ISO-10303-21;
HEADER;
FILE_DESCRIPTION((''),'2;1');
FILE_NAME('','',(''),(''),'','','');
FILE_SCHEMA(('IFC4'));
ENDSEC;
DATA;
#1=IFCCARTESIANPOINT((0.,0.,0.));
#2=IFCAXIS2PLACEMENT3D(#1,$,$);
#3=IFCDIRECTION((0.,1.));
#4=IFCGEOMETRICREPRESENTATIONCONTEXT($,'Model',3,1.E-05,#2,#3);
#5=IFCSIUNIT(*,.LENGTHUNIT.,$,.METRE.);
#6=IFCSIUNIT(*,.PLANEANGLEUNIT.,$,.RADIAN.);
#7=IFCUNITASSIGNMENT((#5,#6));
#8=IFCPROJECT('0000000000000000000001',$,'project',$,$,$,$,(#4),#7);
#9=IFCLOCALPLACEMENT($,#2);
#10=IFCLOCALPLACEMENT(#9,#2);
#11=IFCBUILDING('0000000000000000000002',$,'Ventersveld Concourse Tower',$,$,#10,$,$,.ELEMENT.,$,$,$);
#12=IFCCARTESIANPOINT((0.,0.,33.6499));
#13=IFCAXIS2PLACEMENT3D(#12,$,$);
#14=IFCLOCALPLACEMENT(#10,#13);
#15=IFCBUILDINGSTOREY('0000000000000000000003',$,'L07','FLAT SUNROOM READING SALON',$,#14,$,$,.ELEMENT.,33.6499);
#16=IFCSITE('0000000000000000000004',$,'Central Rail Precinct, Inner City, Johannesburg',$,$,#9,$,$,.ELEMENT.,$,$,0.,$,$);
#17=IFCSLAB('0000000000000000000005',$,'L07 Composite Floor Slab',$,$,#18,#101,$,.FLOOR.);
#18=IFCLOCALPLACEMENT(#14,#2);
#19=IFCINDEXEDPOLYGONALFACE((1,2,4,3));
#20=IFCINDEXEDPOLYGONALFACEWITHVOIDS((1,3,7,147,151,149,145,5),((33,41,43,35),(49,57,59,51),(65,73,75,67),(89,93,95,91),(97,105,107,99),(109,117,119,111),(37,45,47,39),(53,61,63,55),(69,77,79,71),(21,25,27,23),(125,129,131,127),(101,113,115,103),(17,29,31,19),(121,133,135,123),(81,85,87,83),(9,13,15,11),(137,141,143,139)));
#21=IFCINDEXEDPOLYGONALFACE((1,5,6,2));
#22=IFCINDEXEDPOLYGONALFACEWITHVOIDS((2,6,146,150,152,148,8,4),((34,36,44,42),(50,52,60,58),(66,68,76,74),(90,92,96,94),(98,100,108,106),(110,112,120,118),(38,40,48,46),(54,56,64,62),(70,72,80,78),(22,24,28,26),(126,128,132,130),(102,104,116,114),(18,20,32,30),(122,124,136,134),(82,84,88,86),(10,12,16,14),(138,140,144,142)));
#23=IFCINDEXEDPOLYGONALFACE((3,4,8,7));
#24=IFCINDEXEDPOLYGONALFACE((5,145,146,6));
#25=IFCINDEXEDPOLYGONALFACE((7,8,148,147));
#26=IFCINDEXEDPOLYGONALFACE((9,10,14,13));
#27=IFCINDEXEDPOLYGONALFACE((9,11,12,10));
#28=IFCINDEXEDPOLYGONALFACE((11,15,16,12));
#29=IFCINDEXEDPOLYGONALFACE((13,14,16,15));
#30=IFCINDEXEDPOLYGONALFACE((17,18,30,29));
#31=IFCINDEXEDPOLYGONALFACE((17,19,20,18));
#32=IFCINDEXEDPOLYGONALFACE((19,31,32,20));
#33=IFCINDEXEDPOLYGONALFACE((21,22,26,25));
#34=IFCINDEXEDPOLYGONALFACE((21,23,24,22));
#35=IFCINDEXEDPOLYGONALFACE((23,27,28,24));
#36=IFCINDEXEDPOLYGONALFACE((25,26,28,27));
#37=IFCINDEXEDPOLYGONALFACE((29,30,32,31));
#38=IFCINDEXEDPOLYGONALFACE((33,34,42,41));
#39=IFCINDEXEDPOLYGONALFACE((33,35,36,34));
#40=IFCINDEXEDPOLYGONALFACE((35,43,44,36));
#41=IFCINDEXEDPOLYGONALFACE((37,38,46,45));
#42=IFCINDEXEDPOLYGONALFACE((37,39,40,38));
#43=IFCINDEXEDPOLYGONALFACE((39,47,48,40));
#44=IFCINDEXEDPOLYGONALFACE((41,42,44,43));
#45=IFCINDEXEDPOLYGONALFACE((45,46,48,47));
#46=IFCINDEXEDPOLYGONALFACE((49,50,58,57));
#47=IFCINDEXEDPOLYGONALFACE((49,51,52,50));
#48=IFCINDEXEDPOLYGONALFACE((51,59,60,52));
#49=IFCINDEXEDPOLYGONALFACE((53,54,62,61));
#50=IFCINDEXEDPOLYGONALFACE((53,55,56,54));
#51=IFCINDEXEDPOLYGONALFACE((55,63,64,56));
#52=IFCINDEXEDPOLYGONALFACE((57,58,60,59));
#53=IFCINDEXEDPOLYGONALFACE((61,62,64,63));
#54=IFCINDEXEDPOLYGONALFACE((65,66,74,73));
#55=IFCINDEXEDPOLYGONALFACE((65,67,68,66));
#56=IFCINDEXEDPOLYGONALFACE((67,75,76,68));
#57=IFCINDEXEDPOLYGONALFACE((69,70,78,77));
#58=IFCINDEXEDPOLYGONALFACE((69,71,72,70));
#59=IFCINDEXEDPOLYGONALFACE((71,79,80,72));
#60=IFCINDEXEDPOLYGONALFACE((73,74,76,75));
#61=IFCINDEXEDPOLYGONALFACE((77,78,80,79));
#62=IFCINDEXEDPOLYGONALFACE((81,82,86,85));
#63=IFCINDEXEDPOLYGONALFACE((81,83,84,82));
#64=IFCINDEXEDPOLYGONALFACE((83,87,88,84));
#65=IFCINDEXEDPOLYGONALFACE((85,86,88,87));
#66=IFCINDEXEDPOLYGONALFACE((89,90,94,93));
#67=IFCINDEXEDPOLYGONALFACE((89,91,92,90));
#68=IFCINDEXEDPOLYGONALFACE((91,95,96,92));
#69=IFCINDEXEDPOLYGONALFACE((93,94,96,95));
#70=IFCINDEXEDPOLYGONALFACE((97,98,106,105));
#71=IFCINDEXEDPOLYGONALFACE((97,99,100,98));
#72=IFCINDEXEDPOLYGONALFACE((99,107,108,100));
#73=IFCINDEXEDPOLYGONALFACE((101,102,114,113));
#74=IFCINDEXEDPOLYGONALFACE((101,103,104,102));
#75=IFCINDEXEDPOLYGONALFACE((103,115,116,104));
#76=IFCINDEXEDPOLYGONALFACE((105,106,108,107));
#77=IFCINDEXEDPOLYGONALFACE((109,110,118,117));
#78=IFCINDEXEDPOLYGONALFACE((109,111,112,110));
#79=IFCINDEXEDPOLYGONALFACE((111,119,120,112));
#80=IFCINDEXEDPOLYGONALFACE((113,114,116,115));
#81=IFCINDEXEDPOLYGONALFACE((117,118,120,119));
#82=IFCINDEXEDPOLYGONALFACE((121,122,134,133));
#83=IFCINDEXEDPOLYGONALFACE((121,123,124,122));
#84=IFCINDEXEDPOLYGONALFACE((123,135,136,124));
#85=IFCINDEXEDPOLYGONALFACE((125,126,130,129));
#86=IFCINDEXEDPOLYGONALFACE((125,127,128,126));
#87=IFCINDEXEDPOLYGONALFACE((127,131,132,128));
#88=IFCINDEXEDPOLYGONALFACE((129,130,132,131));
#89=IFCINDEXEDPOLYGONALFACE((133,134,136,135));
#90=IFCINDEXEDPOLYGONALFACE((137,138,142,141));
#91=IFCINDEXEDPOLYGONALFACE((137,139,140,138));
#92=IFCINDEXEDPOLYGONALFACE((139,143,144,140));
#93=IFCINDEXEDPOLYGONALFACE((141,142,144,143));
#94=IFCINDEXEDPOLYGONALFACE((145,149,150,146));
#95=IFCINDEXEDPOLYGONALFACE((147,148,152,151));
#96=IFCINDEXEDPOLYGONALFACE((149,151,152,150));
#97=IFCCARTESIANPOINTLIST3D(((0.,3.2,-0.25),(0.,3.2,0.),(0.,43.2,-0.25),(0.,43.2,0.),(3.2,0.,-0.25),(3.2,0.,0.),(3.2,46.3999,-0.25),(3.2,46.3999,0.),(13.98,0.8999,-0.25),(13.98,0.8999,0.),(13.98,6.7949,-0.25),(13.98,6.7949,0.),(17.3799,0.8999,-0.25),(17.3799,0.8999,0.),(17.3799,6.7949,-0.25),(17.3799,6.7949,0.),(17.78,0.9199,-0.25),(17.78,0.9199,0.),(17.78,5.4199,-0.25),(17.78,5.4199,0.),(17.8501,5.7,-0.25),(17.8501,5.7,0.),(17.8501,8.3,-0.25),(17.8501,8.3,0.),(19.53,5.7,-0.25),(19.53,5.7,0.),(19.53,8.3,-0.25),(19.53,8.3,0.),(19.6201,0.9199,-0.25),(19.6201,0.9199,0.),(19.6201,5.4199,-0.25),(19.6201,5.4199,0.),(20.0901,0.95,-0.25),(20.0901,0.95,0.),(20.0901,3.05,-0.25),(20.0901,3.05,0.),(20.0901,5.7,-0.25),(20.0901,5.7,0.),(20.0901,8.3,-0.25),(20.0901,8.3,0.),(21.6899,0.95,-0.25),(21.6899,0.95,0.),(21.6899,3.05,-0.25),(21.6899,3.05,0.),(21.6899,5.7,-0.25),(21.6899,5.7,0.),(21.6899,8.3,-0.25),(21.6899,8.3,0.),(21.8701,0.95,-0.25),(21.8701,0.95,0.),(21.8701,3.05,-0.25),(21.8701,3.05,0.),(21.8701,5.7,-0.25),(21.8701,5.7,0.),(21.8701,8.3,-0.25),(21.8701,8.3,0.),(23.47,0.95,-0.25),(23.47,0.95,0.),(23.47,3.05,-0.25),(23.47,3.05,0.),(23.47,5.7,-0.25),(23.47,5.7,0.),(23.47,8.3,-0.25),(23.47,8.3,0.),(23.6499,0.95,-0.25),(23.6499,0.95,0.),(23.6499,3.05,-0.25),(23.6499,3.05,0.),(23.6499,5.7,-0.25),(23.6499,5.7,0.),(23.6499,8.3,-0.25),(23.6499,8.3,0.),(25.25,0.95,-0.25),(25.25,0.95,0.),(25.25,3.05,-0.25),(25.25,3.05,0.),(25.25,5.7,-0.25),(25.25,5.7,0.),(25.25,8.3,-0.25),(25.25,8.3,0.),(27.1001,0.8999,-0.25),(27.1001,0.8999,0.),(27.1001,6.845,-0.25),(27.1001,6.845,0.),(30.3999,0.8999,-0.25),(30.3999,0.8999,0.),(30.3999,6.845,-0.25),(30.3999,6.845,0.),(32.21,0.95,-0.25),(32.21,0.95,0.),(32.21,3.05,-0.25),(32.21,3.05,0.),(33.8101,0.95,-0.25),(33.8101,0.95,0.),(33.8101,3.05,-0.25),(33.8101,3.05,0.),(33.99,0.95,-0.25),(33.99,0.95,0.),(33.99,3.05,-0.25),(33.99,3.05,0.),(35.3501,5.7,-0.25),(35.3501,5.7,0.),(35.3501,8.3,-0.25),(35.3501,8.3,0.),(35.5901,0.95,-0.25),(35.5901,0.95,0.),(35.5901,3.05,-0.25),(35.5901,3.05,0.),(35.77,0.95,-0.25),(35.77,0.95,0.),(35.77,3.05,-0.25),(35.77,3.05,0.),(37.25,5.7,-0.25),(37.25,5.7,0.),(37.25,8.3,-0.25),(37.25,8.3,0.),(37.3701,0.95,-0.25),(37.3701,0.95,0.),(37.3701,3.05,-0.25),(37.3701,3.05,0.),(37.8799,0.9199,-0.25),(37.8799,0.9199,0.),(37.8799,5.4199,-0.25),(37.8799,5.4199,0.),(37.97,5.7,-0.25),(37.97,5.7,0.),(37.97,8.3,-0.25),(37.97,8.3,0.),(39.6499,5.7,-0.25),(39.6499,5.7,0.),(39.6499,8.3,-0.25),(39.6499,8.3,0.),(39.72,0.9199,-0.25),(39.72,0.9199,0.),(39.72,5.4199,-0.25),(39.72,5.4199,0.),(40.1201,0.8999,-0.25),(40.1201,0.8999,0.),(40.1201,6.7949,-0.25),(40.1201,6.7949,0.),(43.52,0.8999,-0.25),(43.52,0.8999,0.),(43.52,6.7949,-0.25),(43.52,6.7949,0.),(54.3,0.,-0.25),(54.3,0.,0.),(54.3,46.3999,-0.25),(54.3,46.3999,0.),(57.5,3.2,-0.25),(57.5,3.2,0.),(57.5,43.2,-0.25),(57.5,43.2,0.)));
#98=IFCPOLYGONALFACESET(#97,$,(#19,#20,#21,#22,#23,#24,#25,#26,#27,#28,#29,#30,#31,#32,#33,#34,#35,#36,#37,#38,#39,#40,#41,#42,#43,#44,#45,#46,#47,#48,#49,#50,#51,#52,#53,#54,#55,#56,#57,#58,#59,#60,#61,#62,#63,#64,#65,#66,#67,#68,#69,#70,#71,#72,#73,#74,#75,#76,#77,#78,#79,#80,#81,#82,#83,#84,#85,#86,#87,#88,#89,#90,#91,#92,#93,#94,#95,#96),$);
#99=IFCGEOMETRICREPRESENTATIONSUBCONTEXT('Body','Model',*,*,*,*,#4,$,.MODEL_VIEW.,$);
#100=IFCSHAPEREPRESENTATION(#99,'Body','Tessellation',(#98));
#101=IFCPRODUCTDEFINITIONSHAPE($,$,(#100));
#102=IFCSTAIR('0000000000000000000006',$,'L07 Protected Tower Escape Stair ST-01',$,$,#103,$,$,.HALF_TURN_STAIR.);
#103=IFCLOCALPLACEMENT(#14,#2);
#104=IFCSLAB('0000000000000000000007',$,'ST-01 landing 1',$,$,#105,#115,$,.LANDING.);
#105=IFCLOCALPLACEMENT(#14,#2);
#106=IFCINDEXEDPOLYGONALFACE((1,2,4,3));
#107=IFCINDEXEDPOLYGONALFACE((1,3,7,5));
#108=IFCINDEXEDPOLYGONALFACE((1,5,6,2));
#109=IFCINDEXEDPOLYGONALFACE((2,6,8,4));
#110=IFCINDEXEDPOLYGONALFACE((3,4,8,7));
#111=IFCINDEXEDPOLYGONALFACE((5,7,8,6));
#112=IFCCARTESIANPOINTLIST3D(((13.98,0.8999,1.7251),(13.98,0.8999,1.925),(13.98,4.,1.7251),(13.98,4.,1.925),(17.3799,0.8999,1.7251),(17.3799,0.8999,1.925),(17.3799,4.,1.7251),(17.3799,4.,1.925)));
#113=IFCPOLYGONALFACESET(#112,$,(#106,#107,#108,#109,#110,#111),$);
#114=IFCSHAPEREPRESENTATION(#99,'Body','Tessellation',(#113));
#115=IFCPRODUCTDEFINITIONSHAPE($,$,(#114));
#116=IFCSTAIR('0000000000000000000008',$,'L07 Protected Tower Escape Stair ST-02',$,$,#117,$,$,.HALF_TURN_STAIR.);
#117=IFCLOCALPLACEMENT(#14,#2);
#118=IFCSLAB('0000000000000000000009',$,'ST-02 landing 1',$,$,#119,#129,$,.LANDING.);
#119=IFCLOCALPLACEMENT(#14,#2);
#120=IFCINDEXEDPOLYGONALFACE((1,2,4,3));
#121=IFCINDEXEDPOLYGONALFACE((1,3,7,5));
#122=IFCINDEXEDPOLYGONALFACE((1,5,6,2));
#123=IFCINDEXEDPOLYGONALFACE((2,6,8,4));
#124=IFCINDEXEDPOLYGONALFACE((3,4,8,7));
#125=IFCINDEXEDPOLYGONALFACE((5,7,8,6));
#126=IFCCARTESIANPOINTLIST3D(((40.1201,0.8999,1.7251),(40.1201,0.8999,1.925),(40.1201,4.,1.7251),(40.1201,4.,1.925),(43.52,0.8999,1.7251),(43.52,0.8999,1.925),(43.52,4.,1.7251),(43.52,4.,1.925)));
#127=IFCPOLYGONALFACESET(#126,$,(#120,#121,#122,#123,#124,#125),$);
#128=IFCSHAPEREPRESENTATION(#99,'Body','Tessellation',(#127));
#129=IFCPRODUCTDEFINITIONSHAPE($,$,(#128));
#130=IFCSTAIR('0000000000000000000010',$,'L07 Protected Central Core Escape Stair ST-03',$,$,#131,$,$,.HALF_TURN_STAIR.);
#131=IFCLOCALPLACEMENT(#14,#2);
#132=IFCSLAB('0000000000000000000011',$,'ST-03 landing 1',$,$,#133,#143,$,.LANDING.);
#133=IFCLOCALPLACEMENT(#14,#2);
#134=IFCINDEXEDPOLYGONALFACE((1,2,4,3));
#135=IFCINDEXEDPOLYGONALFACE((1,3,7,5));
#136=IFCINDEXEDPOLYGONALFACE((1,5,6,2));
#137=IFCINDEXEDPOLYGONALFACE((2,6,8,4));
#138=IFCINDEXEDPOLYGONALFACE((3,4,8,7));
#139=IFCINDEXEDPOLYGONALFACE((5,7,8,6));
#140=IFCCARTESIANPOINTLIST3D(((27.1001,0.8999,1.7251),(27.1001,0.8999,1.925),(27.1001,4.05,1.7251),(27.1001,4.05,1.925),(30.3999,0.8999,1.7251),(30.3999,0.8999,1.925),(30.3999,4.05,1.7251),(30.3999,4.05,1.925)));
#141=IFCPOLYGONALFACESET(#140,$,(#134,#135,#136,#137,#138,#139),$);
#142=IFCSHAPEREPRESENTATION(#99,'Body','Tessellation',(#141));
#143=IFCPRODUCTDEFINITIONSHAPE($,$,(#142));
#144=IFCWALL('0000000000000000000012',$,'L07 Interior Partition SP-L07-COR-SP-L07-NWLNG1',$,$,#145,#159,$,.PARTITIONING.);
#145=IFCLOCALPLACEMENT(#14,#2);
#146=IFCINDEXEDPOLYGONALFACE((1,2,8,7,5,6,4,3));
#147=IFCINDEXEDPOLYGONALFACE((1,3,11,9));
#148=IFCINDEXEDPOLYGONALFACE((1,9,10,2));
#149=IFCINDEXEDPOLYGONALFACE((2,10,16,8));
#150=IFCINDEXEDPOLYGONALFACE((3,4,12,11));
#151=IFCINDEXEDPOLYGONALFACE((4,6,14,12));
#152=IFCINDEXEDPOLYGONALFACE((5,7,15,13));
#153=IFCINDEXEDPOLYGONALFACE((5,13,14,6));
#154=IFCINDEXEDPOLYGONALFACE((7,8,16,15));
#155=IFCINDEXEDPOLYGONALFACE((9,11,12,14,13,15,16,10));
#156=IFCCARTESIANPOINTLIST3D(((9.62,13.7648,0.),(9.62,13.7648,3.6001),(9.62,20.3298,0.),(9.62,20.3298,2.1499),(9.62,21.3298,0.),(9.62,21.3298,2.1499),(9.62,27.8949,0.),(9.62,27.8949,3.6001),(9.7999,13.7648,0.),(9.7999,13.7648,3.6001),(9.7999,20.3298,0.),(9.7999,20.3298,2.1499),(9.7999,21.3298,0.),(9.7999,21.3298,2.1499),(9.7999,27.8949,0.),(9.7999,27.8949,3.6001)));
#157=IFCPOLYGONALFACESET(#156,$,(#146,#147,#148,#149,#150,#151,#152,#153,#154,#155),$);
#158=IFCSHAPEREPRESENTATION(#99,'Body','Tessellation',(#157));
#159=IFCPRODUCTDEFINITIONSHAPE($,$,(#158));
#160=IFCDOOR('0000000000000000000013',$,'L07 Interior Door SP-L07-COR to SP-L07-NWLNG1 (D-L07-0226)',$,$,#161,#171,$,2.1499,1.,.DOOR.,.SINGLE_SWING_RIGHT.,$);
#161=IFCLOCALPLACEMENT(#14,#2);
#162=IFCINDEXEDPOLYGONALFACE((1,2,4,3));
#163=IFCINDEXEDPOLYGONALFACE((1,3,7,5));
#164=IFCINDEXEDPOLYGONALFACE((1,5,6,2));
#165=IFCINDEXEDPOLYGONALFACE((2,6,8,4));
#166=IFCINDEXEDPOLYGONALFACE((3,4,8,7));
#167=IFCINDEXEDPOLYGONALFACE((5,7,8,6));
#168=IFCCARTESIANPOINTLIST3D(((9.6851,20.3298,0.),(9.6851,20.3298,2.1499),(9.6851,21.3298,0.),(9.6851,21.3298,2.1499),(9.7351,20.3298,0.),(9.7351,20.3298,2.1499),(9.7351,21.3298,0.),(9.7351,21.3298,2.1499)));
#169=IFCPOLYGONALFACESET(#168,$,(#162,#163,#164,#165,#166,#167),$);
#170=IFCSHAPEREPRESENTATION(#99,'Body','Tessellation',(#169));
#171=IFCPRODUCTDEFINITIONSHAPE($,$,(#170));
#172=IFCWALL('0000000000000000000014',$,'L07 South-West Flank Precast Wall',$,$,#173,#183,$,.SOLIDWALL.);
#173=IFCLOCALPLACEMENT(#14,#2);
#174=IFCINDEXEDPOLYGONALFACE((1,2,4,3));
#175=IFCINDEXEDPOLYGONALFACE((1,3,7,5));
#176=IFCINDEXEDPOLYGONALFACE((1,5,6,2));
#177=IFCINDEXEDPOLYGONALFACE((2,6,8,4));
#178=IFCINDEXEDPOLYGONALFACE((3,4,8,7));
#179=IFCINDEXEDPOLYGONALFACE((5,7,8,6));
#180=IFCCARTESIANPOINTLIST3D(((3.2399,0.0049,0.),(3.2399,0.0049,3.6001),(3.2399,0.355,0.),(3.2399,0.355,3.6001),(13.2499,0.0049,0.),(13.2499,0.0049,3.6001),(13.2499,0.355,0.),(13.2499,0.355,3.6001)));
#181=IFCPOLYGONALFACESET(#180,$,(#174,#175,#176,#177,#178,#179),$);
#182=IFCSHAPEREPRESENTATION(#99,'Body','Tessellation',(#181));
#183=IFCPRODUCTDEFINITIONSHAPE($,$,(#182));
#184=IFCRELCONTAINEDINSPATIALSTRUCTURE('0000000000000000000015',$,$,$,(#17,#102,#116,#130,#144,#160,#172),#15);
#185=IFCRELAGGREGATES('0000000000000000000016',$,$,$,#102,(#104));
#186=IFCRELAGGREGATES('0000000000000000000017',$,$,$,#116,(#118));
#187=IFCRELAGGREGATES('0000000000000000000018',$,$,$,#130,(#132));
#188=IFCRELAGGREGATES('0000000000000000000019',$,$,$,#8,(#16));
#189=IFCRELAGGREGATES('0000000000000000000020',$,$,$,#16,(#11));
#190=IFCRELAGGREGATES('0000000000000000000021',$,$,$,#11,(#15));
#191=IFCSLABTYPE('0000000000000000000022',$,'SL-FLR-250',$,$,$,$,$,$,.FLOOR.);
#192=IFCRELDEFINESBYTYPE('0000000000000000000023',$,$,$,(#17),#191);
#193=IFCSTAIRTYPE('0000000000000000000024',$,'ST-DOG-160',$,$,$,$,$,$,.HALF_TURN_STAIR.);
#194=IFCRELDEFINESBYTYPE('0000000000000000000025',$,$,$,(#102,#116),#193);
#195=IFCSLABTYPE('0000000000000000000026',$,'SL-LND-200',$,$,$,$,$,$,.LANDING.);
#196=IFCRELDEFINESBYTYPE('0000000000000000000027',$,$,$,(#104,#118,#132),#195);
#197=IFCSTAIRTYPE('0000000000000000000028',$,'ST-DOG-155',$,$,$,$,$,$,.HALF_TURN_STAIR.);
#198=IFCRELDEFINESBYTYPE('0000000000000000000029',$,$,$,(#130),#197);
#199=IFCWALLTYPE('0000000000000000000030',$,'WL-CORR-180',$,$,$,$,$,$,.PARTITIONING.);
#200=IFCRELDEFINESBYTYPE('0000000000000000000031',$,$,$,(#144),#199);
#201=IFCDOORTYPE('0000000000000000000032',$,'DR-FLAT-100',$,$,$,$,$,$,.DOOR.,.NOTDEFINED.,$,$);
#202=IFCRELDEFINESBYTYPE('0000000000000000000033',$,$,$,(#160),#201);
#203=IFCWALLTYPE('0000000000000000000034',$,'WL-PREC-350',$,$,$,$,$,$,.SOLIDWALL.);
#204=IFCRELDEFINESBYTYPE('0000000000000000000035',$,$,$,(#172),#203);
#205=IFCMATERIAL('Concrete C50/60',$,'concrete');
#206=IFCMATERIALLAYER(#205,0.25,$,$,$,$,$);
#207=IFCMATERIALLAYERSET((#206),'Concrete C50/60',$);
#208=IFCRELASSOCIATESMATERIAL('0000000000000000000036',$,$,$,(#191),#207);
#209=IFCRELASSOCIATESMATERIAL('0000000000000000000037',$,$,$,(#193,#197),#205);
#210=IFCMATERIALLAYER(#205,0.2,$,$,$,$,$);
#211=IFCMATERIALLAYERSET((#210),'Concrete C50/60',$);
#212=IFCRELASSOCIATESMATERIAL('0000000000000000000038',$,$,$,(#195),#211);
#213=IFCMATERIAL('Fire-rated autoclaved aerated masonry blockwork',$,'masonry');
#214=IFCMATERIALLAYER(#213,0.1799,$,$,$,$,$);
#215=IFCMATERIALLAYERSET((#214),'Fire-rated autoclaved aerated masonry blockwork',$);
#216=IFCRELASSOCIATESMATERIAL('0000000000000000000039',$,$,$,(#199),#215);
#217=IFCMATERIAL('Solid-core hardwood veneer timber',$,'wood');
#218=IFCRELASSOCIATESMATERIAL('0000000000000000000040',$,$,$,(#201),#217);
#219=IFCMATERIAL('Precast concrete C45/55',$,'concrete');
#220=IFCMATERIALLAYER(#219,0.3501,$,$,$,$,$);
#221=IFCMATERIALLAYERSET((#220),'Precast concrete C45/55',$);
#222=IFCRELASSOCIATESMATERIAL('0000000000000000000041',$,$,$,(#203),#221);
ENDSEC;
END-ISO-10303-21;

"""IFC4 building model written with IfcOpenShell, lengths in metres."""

from ifc_helpers import new_model, si_unit, direction, frame, frame_2d, origin, place, context, subcontext, project, spatial, polyline, rectangle, outline, extrude, material, layer, layer_set, type_object, element, fill, aggregate, save


model = new_model("IFC4")

# Units and contexts
model_context = context("Model", 3, precision=1e-05, world=origin(), true_north=direction((0.0, 1.0)))
body_context = subcontext(model_context, "Body", "Model", "MODEL_VIEW")
ifc_project = project(units=[si_unit("LENGTHUNIT", "METRE"), si_unit("PLANEANGLEUNIT", "RADIAN")], contexts=[model_context])

# Site, building, storey
site_placement = place(None, origin())
site = spatial("IfcSite", under=ifc_project, at=site_placement, Name="Central Rail Precinct, Inner City, Johannesburg", CompositionType="ELEMENT", RefElevation=0.0)
building_placement = place(site_placement, origin())
building = spatial("IfcBuilding", under=site, at=building_placement, Name="Ventersveld Concourse Tower", CompositionType="ELEMENT")
storey_placement = place(building_placement, frame((0.0, 0.0, 33.6499)))
storey = spatial("IfcBuildingStorey", under=building, at=storey_placement, Name="L07", Description="FLAT SUNROOM READING SALON", CompositionType="ELEMENT", Elevation=33.6499)

# Slab
ifc_material_1 = material(Name="Concrete C50/60", Category="concrete")
ifc_layer_1 = layer(ifc_material_1, 0.25)
ifc_layer_set_1 = layer_set([ifc_layer_1], Name="Concrete C50/60")
slab_type_1 = type_object("IfcSlabType", Name="SL-FLR-250", PredefinedType="FLOOR", material=ifc_layer_set_1)
slab_1_placement = place(storey_placement, frame((0.0, 0.0, -0.25)))
element("IfcSlab", 1, at=slab_1_placement, inside=storey, type_object=slab_type_1, Name="L07 Composite Floor Slab", PredefinedType="FLOOR", context=body_context, shape_type="SweptSolid", body=[
    extrude(outline(polyline([(3.2, 0.0), (54.3, 0.0), (57.5, 3.2), (57.5, 43.2), (54.3, 46.3999), (3.2, 46.3999), (0.0, 43.2), (0.0, 3.2), (3.2, 0.0)]), holes=[polyline([(13.98, 6.7949), (13.98, 0.8999), (17.3799, 0.8999), (17.3799, 6.7949), (13.98, 6.7949)]), polyline([(40.1201, 6.7949), (40.1201, 0.8999), (43.52, 0.8999), (43.52, 6.7949), (40.1201, 6.7949)]), polyline([(27.1001, 6.845), (27.1001, 0.8999), (30.3999, 0.8999), (30.3999, 6.845), (27.1001, 6.845)]), polyline([(17.8501, 5.7), (19.53, 5.7), (19.53, 8.3), (17.8501, 8.3), (17.8501, 5.7)]), polyline([(37.97, 5.7), (39.6499, 5.7), (39.6499, 8.3), (37.97, 8.3), (37.97, 5.7)]), polyline([(35.3501, 5.7), (37.25, 5.7), (37.25, 8.3), (35.3501, 8.3), (35.3501, 5.7)]), polyline([(20.0901, 0.95), (21.6899, 0.95), (21.6899, 3.05), (20.0901, 3.05), (20.0901, 0.95)]), polyline([(21.8701, 0.95), (23.47, 0.95), (23.47, 3.05), (21.8701, 3.05), (21.8701, 0.95)]), polyline([(23.6499, 0.95), (25.25, 0.95), (25.25, 3.05), (23.6499, 3.05), (23.6499, 0.95)]), polyline([(32.21, 0.95), (33.8101, 0.95), (33.8101, 3.05), (32.21, 3.05), (32.21, 0.95)]), polyline([(33.99, 0.95), (35.5901, 0.95), (35.5901, 3.05), (33.99, 3.05), (33.99, 0.95)]), polyline([(35.77, 0.95), (37.3701, 0.95), (37.3701, 3.05), (35.77, 3.05), (35.77, 0.95)]), polyline([(20.0901, 5.7), (21.6899, 5.7), (21.6899, 8.3), (20.0901, 8.3), (20.0901, 5.7)]), polyline([(21.8701, 5.7), (23.47, 5.7), (23.47, 8.3), (21.8701, 8.3), (21.8701, 5.7)]), polyline([(23.6499, 5.7), (25.25, 5.7), (25.25, 8.3), (23.6499, 8.3), (23.6499, 5.7)]), polyline([(17.78, 0.9199), (19.6201, 0.9199), (19.6201, 5.4199), (17.78, 5.4199), (17.78, 0.9199)]), polyline([(37.8799, 0.9199), (39.72, 0.9199), (39.72, 5.4199), (37.8799, 5.4199), (37.8799, 0.9199)])]), origin(), (0.0, 0.0, 1.0), 0.25),
])

# Stairs, slabs
stair_type_1 = type_object("IfcStairType", Name="ST-DOG-160", PredefinedType="HALF_TURN_STAIR", material=ifc_material_1)
stair_1_placement = place(storey_placement, origin())
stair_1 = element("IfcStair", 2, at=stair_1_placement, inside=storey, type_object=stair_type_1, Name="L07 Protected Tower Escape Stair ST-01", PredefinedType="HALF_TURN_STAIR")
ifc_layer_2 = layer(ifc_material_1, 0.2)
ifc_layer_set_2 = layer_set([ifc_layer_2], Name="Concrete C50/60")
slab_type_2 = type_object("IfcSlabType", Name="SL-LND-200", PredefinedType="LANDING", material=ifc_layer_set_2)
slab_2_placement = place(storey_placement, frame((0.0, 0.0, 1.7251)))
slab_2 = element("IfcSlab", 3, at=slab_2_placement, type_object=slab_type_2, Name="ST-01 landing 1", PredefinedType="LANDING", context=body_context, shape_type="SweptSolid", body=[
    extrude(outline(polyline([(13.98, 4.0), (13.98, 0.8999), (17.3799, 0.8999), (17.3799, 4.0), (13.98, 4.0)])), origin(), (0.0, 0.0, 1.0), 0.2),
])
aggregate(stair_1, [slab_2])
stair_2_placement = place(storey_placement, origin())
stair_2 = element("IfcStair", 4, at=stair_2_placement, inside=storey, type_object=stair_type_1, Name="L07 Protected Tower Escape Stair ST-02", PredefinedType="HALF_TURN_STAIR")
slab_3_placement = place(storey_placement, frame((0.0, 0.0, 1.7251)))
slab_3 = element("IfcSlab", 5, at=slab_3_placement, type_object=slab_type_2, Name="ST-02 landing 1", PredefinedType="LANDING", context=body_context, shape_type="SweptSolid", body=[
    extrude(outline(polyline([(40.1201, 4.0), (40.1201, 0.8999), (43.52, 0.8999), (43.52, 4.0), (40.1201, 4.0)])), origin(), (0.0, 0.0, 1.0), 0.2),
])
aggregate(stair_2, [slab_3])
stair_type_2 = type_object("IfcStairType", Name="ST-DOG-155", PredefinedType="HALF_TURN_STAIR", material=ifc_material_1)
stair_3_placement = place(storey_placement, origin())
stair_3 = element("IfcStair", 6, at=stair_3_placement, inside=storey, type_object=stair_type_2, Name="L07 Protected Central Core Escape Stair ST-03", PredefinedType="HALF_TURN_STAIR")
slab_4_placement = place(storey_placement, frame((0.0, 0.0, 1.7251)))
slab_4 = element("IfcSlab", 7, at=slab_4_placement, type_object=slab_type_2, Name="ST-03 landing 1", PredefinedType="LANDING", context=body_context, shape_type="SweptSolid", body=[
    extrude(outline(polyline([(27.1001, 4.05), (27.1001, 0.8999), (30.3999, 0.8999), (30.3999, 4.05), (27.1001, 4.05)])), origin(), (0.0, 0.0, 1.0), 0.2),
])
aggregate(stair_3, [slab_4])

# Wall, opening, door
ifc_material_2 = material(Name="Fire-rated autoclaved aerated masonry blockwork", Category="masonry")
ifc_layer_3 = layer(ifc_material_2, 0.1799)
ifc_layer_set_3 = layer_set([ifc_layer_3], Name="Fire-rated autoclaved aerated masonry blockwork")
wall_type_1 = type_object("IfcWallType", Name="WL-CORR-180", PredefinedType="PARTITIONING", material=ifc_layer_set_3)
wall_1_placement = place(storey_placement, frame((9.71, 13.7649, 0.0), z_axis=(0.0, 0.0, 1.0), x_axis=(0.0, 1.0, 0.0)))
wall_1 = element("IfcWall", 8, at=wall_1_placement, inside=storey, type_object=wall_type_1, Name="L07 Interior Partition SP-L07-COR-SP-L07-NWLNG1", PredefinedType="PARTITIONING", context=body_context, shape_type="SweptSolid", body=[
    extrude(rectangle(XDim=14.1301, YDim=0.1799, at=frame_2d((7.0649, 0.0))), origin(), (0.0, 0.0, 1.0), 3.6001),
])
opening_placement = place(wall_1_placement, frame((6.5649, 0.0, 0.0)))
opening = element("IfcOpeningElement", 9, at=opening_placement, cuts=wall_1, PredefinedType="OPENING", context=body_context, shape_type="SweptSolid", body=[
    extrude(rectangle(XDim=1.0, YDim=2.1499, at=frame_2d((0.5, 1.075))), frame((0.0, 0.1001, 0.0), z_axis=(0.0, -1.0, 0.0), x_axis=(1.0, 0.0, 0.0)), (0.0, 0.0, 1.0), 0.2),
])
ifc_material_3 = material(Name="Solid-core hardwood veneer timber", Category="wood")
door_type = type_object("IfcDoorType", Name="DR-FLAT-100", OperationType="NOTDEFINED", PredefinedType="DOOR", material=ifc_material_3)
door_placement = place(opening_placement, origin())
door = element("IfcDoor", 10, at=door_placement, inside=storey, type_object=door_type, Name="L07 Interior Door SP-L07-COR to SP-L07-NWLNG1 (D-L07-0226)", OperationType="SINGLE_SWING_RIGHT", OverallHeight=2.1499, OverallWidth=1.0, PredefinedType="DOOR", context=body_context, shape_type="SweptSolid", body=[
    extrude(rectangle(XDim=1.0, YDim=2.1499, at=frame_2d((0.5, 1.075))), frame((0.0, 0.0249, 0.0), z_axis=(0.0, -1.0, 0.0), x_axis=(1.0, 0.0, 0.0)), (0.0, 0.0, 1.0), 0.05),
])
fill(opening, door)

# Wall
ifc_material_4 = material(Name="Precast concrete C45/55", Category="concrete")
ifc_layer_4 = layer(ifc_material_4, 0.3501)
ifc_layer_set_4 = layer_set([ifc_layer_4], Name="Precast concrete C45/55")
wall_type_2 = type_object("IfcWallType", Name="WL-PREC-350", PredefinedType="SOLIDWALL", material=ifc_layer_set_4)
wall_2_placement = place(storey_placement, frame((3.24, 0.1799, 0.0), z_axis=(0.0, 0.0, 1.0), x_axis=(1.0, 0.0, 0.0)))
element("IfcWall", 11, at=wall_2_placement, inside=storey, type_object=wall_type_2, Name="L07 South-West Flank Precast Wall", PredefinedType="SOLIDWALL", context=body_context, shape_type="SweptSolid", body=[
    extrude(rectangle(XDim=10.01, YDim=0.3501, at=frame_2d((5.0049, 0.0))), origin(), (0.0, 0.0, 1.0), 3.6001),
])

save(model, "model.ifc")
